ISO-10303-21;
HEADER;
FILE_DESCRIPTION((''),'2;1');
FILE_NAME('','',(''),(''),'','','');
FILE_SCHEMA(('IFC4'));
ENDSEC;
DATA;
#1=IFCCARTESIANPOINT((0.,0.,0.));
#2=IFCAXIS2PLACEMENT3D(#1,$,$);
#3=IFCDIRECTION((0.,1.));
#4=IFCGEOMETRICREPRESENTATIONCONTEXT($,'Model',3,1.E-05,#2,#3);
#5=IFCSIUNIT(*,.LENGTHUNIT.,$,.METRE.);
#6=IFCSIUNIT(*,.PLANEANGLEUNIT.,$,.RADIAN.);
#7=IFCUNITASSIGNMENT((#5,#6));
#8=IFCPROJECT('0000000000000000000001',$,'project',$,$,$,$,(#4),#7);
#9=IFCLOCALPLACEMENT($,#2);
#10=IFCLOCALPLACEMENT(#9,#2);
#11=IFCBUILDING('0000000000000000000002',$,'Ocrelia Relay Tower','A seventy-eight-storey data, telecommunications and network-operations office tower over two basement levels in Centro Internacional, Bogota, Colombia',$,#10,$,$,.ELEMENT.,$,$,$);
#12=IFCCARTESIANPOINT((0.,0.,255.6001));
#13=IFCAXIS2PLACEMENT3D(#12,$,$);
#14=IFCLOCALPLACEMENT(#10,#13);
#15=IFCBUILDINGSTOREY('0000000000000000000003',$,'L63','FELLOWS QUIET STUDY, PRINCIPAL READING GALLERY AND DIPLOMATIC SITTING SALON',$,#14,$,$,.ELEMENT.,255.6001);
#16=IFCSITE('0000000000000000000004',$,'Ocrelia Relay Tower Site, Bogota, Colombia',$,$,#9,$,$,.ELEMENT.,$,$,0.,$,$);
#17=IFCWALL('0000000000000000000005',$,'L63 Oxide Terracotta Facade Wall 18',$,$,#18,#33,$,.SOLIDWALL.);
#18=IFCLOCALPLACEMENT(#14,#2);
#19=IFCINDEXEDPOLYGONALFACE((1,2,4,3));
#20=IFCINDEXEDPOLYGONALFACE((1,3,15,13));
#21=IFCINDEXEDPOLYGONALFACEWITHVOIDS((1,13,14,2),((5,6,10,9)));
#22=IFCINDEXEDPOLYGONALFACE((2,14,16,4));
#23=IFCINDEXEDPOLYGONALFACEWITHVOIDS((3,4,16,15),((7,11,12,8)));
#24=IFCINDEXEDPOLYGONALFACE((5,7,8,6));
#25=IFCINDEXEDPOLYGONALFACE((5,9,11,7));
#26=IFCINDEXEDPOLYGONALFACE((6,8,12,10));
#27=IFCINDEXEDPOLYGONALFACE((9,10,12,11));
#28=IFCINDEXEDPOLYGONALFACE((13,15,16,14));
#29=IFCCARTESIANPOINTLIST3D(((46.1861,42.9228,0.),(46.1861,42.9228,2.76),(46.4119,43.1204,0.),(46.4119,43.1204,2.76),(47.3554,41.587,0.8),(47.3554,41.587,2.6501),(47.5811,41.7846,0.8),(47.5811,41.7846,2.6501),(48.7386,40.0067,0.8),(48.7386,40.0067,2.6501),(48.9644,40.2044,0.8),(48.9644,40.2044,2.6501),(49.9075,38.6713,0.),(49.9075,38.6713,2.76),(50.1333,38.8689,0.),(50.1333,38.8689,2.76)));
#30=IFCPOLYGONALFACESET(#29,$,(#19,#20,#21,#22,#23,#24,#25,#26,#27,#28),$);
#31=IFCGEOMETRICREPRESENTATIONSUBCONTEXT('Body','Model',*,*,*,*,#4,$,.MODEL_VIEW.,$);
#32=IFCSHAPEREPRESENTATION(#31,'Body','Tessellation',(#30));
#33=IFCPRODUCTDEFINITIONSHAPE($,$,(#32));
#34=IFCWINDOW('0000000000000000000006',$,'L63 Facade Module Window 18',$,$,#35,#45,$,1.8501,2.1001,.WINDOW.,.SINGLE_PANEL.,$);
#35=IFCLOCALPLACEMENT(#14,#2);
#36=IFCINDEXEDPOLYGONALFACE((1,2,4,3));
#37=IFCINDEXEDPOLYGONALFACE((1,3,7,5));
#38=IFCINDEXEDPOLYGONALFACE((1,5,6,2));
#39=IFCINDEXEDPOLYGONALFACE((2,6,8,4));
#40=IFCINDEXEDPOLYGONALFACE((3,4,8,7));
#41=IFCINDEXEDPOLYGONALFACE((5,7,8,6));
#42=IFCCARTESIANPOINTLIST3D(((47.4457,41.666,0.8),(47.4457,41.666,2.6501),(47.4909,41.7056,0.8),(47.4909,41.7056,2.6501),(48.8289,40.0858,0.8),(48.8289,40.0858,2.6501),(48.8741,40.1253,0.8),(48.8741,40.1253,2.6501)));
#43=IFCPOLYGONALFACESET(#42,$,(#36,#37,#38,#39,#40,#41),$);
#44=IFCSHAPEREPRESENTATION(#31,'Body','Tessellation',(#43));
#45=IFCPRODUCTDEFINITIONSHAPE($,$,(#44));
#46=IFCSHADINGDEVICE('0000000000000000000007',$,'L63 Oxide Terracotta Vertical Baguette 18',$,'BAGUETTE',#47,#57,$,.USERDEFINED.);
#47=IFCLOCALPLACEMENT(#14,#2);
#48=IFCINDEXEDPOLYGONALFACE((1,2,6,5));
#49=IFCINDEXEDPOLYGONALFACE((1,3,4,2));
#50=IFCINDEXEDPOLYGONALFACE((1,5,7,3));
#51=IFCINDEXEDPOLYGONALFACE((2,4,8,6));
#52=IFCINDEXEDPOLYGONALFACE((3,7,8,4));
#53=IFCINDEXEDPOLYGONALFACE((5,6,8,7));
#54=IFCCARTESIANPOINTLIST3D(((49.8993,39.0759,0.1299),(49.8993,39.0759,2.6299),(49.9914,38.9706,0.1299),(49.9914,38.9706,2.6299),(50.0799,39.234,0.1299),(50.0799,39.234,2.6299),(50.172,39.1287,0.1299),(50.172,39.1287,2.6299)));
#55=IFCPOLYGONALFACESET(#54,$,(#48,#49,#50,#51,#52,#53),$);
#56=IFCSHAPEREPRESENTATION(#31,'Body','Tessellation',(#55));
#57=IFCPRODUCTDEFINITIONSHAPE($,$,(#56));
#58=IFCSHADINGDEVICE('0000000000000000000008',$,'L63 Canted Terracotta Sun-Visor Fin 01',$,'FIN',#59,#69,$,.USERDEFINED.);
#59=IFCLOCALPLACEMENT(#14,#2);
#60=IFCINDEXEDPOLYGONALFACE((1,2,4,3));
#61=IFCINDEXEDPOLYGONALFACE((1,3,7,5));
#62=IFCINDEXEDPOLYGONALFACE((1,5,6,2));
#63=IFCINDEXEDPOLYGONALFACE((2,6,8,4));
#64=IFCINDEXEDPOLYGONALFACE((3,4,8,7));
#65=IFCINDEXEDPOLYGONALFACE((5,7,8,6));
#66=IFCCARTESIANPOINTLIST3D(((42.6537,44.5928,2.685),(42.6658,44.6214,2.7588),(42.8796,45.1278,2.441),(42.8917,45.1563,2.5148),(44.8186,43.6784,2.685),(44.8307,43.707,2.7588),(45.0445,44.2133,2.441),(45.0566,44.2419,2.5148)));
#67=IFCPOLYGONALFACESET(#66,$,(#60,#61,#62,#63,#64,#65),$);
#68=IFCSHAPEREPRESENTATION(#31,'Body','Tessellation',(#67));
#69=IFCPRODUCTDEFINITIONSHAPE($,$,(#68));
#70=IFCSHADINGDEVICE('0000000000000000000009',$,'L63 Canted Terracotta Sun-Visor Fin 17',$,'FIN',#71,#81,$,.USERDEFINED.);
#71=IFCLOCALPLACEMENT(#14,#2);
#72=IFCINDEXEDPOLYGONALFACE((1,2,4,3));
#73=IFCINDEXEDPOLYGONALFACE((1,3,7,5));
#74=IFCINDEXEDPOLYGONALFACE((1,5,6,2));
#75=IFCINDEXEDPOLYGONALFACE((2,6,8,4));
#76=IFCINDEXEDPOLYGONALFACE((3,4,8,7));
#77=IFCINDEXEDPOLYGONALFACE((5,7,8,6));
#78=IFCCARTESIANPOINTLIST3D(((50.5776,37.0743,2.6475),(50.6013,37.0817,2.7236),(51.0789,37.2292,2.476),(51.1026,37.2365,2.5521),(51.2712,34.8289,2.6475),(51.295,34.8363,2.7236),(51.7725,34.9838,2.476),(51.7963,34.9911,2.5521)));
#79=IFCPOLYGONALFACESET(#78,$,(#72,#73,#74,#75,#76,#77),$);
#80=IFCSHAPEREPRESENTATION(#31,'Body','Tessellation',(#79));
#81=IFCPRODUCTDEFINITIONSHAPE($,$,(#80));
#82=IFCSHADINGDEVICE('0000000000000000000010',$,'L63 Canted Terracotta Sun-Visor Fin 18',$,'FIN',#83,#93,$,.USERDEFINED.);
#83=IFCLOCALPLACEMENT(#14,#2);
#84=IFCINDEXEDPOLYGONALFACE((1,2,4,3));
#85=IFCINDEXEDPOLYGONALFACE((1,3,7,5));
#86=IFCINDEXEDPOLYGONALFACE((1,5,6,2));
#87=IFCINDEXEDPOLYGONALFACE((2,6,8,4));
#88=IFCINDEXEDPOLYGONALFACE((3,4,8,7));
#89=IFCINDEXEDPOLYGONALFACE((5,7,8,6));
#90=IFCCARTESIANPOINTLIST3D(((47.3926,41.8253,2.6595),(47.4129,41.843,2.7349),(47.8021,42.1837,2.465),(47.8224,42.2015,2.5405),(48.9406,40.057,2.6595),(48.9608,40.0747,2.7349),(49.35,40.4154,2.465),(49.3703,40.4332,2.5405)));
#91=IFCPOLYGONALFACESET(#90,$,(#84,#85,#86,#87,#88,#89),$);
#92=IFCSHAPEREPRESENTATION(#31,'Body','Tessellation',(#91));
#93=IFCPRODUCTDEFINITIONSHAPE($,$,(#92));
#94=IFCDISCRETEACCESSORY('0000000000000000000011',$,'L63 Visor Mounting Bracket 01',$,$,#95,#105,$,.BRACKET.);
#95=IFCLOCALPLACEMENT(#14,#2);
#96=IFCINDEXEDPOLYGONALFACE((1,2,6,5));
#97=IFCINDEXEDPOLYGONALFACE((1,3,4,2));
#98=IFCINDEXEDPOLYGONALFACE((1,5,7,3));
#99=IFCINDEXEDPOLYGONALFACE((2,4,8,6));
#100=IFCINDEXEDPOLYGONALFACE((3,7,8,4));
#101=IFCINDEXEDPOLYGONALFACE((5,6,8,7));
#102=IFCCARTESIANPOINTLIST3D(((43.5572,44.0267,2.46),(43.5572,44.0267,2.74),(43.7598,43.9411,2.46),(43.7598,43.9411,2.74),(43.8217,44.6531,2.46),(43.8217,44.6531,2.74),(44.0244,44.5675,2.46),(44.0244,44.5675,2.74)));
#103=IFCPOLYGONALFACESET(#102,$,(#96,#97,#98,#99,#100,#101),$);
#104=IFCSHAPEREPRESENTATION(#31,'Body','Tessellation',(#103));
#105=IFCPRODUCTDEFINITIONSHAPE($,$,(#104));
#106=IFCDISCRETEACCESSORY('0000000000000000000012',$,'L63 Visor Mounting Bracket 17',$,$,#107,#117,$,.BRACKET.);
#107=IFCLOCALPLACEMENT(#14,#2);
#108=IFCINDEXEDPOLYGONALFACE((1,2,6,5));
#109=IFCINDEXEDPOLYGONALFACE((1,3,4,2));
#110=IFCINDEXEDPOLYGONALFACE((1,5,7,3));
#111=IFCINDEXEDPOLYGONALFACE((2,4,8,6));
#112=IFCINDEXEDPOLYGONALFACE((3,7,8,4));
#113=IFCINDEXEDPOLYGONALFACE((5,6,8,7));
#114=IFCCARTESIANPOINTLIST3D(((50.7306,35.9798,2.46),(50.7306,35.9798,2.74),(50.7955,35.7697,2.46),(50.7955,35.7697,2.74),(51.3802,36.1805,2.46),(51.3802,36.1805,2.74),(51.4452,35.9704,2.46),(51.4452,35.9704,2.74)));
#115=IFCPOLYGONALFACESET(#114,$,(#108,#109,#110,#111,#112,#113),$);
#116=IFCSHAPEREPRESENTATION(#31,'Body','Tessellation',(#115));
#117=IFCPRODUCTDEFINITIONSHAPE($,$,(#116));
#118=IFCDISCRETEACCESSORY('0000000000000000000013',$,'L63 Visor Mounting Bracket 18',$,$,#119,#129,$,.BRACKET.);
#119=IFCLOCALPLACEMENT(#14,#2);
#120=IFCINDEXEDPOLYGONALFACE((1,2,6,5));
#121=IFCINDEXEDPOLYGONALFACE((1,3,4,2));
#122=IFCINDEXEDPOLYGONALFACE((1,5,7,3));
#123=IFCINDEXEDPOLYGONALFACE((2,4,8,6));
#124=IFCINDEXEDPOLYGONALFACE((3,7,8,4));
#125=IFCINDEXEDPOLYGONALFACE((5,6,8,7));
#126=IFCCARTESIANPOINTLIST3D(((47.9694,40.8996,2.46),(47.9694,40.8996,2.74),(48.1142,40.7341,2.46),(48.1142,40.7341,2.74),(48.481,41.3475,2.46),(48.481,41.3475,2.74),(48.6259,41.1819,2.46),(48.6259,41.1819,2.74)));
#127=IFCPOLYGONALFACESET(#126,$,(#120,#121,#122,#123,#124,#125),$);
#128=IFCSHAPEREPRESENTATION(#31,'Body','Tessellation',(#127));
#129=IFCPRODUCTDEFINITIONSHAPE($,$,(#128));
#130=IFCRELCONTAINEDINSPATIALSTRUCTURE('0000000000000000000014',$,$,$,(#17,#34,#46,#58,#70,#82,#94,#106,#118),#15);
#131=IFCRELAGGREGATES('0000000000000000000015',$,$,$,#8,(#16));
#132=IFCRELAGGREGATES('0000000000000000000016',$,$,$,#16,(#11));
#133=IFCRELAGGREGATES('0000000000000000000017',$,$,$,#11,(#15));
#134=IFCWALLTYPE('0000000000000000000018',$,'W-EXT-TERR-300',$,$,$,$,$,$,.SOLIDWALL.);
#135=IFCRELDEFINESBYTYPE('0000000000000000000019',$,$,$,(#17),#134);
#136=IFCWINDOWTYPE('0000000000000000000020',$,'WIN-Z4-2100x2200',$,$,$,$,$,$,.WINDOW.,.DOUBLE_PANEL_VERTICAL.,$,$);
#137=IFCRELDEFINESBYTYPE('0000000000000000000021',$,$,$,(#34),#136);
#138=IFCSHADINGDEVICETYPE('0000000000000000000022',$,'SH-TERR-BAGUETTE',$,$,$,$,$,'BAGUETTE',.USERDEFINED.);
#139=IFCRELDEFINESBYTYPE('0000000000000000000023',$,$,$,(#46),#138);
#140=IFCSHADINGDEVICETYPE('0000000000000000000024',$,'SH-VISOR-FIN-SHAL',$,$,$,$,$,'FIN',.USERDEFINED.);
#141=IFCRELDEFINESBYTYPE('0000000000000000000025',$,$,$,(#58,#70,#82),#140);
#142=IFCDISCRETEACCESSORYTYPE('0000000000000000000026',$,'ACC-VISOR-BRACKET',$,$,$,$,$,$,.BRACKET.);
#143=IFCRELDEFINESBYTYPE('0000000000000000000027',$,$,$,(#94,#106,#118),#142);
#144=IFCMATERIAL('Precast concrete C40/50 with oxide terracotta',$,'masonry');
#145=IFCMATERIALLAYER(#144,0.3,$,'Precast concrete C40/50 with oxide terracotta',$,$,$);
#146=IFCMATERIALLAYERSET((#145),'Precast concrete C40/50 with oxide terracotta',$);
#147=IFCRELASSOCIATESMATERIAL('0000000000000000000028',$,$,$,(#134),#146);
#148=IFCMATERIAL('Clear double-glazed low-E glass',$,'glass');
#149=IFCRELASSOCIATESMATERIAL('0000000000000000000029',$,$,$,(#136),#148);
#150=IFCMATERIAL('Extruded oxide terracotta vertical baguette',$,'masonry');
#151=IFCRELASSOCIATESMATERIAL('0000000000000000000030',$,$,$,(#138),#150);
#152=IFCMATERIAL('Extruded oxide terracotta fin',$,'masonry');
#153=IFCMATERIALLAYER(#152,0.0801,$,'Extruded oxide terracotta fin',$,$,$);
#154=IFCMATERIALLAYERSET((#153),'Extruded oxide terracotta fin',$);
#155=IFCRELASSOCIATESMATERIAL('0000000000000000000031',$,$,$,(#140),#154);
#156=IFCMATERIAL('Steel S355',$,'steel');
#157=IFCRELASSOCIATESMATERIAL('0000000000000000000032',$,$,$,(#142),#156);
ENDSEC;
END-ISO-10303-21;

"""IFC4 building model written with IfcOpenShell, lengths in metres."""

from ifc_helpers import new_model, si_unit, direction, frame, frame_2d, origin, origin_2d, place, context, subcontext, project, spatial, rectangle, extrude, material, layer, layer_set, type_object, element, fill, save


model = new_model("IFC4")

# Units and contexts
model_context = context("Model", 3, precision=1e-05, world=origin(), true_north=direction((0.0, 1.0)))
body_context = subcontext(model_context, "Body", "Model", "MODEL_VIEW")
ifc_project = project(units=[si_unit("LENGTHUNIT", "METRE"), si_unit("PLANEANGLEUNIT", "RADIAN")], contexts=[model_context])

# Site, building, storey
site_placement = place(None, origin())
site = spatial("IfcSite", under=ifc_project, at=site_placement, Name="Ocrelia Relay Tower Site, Bogota, Colombia", CompositionType="ELEMENT", RefElevation=0.0)
building_placement = place(site_placement, origin())
building = spatial("IfcBuilding", under=site, at=building_placement, Name="Ocrelia Relay Tower", Description="A seventy-eight-storey data, telecommunications and network-operations office tower over two basement levels in Centro Internacional, Bogota, Colombia", CompositionType="ELEMENT")
storey_placement = place(building_placement, frame((0.0, 0.0, 255.6001)))
storey = spatial("IfcBuildingStorey", under=building, at=storey_placement, Name="L63", Description="FELLOWS QUIET STUDY, PRINCIPAL READING GALLERY AND DIPLOMATIC SITTING SALON", CompositionType="ELEMENT", Elevation=255.6001)

# Shared definitions
ifc_material_1 = material(Name="Clear double-glazed low-E glass", Category="glass")

# Wall, opening, window
ifc_material_2 = material(Name="Precast concrete C40/50 with oxide terracotta", Category="masonry")
ifc_layer_1 = layer(ifc_material_2, 0.3, Name="Precast concrete C40/50 with oxide terracotta")
ifc_layer_set_1 = layer_set([ifc_layer_1], Name="Precast concrete C40/50 with oxide terracotta")
wall_type = type_object("IfcWallType", Name="W-EXT-TERR-300", PredefinedType="SOLIDWALL", material=ifc_layer_set_1)
wall_placement = place(storey_placement, frame((50.0205, 38.77, 0.0), z_axis=(0.0, 0.0, 1.0), x_axis=(-0.658645, 0.752454, 0.0)))
wall = element("IfcWall", 1, at=wall_placement, inside=storey, type_object=wall_type, Name="L63 Oxide Terracotta Facade Wall 18", PredefinedType="SOLIDWALL", context=body_context, shape_type="SweptSolid", body=[
    extrude(rectangle(XDim=5.6501, YDim=0.3, at=frame_2d((2.8252, 0.0))), origin(), (0.0, 0.0, 1.0), 2.76),
])
opening_placement = place(wall_placement, frame((1.7749, 0.0, 0.8)))
opening = element("IfcOpeningElement", 2, at=opening_placement, cuts=wall, PredefinedType="OPENING", context=body_context, shape_type="SweptSolid", body=[
    extrude(rectangle(XDim=2.1001, YDim=1.8501, at=frame_2d((1.05, 0.925))), frame((0.0, 0.1602, 0.0), z_axis=(0.0, -1.0, 0.0), x_axis=(1.0, 0.0, 0.0)), (0.0, 0.0, 1.0), 0.3201),
])
window_type = type_object("IfcWindowType", Name="WIN-Z4-2100x2200", PartitioningType="DOUBLE_PANEL_VERTICAL", PredefinedType="WINDOW", material=ifc_material_1)
window_placement = place(opening_placement, origin())
window = element("IfcWindow", 3, at=window_placement, inside=storey, type_object=window_type, Name="L63 Facade Module Window 18", OverallHeight=1.8501, OverallWidth=2.1001, PartitioningType="SINGLE_PANEL", PredefinedType="WINDOW", context=body_context, shape_type="SweptSolid", body=[
    extrude(rectangle(XDim=2.1001, YDim=1.8501, at=frame_2d((1.05, 0.925))), frame((0.0, 0.03, 0.0), z_axis=(0.0, -1.0, 0.0), x_axis=(1.0, 0.0, 0.0)), (0.0, 0.0, 1.0), 0.0601),
])
fill(opening, window)

# Shading devices
ifc_material_3 = material(Name="Extruded oxide terracotta vertical baguette", Category="masonry")
shading_device_type_1 = type_object("IfcShadingDeviceType", Name="SH-TERR-BAGUETTE", ElementType="BAGUETTE", PredefinedType="USERDEFINED", material=ifc_material_3)
shading_device_1_placement = place(storey_placement, frame((50.0356, 39.1023, 0.1299), z_axis=(0.0, 0.0, 1.0), x_axis=(-0.658659, 0.752442, 0.0)))
element("IfcShadingDevice", 4, at=shading_device_1_placement, inside=storey, type_object=shading_device_type_1, Name="L63 Oxide Terracotta Vertical Baguette 18", ObjectType="BAGUETTE", PredefinedType="USERDEFINED", context=body_context, shape_type="SweptSolid", body=[
    extrude(rectangle(XDim=0.1399, YDim=0.24, at=origin_2d()), origin(), (0.0, 0.0, 1.0), 2.5),
])
ifc_material_4 = material(Name="Extruded oxide terracotta fin", Category="masonry")
ifc_layer_2 = layer(ifc_material_4, 0.0801, Name="Extruded oxide terracotta fin")
ifc_layer_set_2 = layer_set([ifc_layer_2], Name="Extruded oxide terracotta fin")
shading_device_type_2 = type_object("IfcShadingDeviceType", Name="SH-VISOR-FIN-SHAL", ElementType="FIN", PredefinedType="USERDEFINED", material=ifc_layer_set_2)
shading_device_2_placement = place(storey_placement, frame((43.8491, 44.4031, 2.563), z_axis=(0.150716, 0.356831, 0.921931), x_axis=(-0.921199, 0.389091, 0.0)))
element("IfcShadingDevice", 5, at=shading_device_2_placement, inside=storey, type_object=shading_device_type_2, Name="L63 Canted Terracotta Sun-Visor Fin 01", ObjectType="FIN", PredefinedType="USERDEFINED", context=body_context, shape_type="SweptSolid", body=[
    extrude(rectangle(XDim=2.3501, YDim=0.6299, at=origin_2d()), origin(), (0.0, 0.0, 1.0), 0.0801),
])
shading_device_3_placement = place(storey_placement, frame((51.175, 36.0291, 2.5618), z_axis=(0.296834, 0.091703, 0.950516), x_axis=(-0.295172, 0.955444, 0.0)))
element("IfcShadingDevice", 6, at=shading_device_3_placement, inside=storey, type_object=shading_device_type_2, Name="L63 Canted Terracotta Sun-Visor Fin 17", ObjectType="FIN", PredefinedType="USERDEFINED", context=body_context, shape_type="SweptSolid", body=[
    extrude(rectangle(XDim=2.3501, YDim=0.552, at=origin_2d()), origin(), (0.0, 0.0, 1.0), 0.0801),
])
shading_device_4_placement = place(storey_placement, frame((48.3713, 41.1204, 2.5623), z_axis=(0.25315, 0.221598, 0.941706), x_axis=(-0.658659, 0.752442, 0.0)))
element("IfcShadingDevice", 7, at=shading_device_4_placement, inside=storey, type_object=shading_device_type_2, Name="L63 Canted Terracotta Sun-Visor Fin 18", ObjectType="FIN", PredefinedType="USERDEFINED", context=body_context, shape_type="SweptSolid", body=[
    extrude(rectangle(XDim=2.3501, YDim=0.5779, at=origin_2d()), origin(), (0.0, 0.0, 1.0), 0.0801),
])

# Discrete accessories
ifc_material_5 = material(Name="Steel S355", Category="steel")
discrete_accessory_type = type_object("IfcDiscreteAccessoryType", Name="ACC-VISOR-BRACKET", PredefinedType="BRACKET", material=ifc_material_5)
for number, where, z_axis, x_axis, name in (
    (8, (43.7908, 44.2971, 2.46), (0.0, 0.0, 1.0), (-0.921199, 0.389091, 0.0), "L63 Visor Mounting Bracket 01"),
    (9, (51.0879, 35.9751, 2.46), (0.0, 0.0, 1.0), (-0.295172, 0.955444, 0.0), "L63 Visor Mounting Bracket 17"),
    (10, (48.2976, 41.0408, 2.46), (0.0, 0.0, 1.0), (-0.658659, 0.752442, 0.0), "L63 Visor Mounting Bracket 18"),
):
    element("IfcDiscreteAccessory", number, at=place(storey_placement, frame(where, z_axis=z_axis, x_axis=x_axis)), inside=storey, type_object=discrete_accessory_type, Name=name, PredefinedType="BRACKET", context=body_context, shape_type="SweptSolid", body=[
        extrude(rectangle(XDim=0.22, YDim=0.6799, at=origin_2d()), origin(), (0.0, 0.0, 1.0), 0.28),
    ])

save(model, "model.ifc")
